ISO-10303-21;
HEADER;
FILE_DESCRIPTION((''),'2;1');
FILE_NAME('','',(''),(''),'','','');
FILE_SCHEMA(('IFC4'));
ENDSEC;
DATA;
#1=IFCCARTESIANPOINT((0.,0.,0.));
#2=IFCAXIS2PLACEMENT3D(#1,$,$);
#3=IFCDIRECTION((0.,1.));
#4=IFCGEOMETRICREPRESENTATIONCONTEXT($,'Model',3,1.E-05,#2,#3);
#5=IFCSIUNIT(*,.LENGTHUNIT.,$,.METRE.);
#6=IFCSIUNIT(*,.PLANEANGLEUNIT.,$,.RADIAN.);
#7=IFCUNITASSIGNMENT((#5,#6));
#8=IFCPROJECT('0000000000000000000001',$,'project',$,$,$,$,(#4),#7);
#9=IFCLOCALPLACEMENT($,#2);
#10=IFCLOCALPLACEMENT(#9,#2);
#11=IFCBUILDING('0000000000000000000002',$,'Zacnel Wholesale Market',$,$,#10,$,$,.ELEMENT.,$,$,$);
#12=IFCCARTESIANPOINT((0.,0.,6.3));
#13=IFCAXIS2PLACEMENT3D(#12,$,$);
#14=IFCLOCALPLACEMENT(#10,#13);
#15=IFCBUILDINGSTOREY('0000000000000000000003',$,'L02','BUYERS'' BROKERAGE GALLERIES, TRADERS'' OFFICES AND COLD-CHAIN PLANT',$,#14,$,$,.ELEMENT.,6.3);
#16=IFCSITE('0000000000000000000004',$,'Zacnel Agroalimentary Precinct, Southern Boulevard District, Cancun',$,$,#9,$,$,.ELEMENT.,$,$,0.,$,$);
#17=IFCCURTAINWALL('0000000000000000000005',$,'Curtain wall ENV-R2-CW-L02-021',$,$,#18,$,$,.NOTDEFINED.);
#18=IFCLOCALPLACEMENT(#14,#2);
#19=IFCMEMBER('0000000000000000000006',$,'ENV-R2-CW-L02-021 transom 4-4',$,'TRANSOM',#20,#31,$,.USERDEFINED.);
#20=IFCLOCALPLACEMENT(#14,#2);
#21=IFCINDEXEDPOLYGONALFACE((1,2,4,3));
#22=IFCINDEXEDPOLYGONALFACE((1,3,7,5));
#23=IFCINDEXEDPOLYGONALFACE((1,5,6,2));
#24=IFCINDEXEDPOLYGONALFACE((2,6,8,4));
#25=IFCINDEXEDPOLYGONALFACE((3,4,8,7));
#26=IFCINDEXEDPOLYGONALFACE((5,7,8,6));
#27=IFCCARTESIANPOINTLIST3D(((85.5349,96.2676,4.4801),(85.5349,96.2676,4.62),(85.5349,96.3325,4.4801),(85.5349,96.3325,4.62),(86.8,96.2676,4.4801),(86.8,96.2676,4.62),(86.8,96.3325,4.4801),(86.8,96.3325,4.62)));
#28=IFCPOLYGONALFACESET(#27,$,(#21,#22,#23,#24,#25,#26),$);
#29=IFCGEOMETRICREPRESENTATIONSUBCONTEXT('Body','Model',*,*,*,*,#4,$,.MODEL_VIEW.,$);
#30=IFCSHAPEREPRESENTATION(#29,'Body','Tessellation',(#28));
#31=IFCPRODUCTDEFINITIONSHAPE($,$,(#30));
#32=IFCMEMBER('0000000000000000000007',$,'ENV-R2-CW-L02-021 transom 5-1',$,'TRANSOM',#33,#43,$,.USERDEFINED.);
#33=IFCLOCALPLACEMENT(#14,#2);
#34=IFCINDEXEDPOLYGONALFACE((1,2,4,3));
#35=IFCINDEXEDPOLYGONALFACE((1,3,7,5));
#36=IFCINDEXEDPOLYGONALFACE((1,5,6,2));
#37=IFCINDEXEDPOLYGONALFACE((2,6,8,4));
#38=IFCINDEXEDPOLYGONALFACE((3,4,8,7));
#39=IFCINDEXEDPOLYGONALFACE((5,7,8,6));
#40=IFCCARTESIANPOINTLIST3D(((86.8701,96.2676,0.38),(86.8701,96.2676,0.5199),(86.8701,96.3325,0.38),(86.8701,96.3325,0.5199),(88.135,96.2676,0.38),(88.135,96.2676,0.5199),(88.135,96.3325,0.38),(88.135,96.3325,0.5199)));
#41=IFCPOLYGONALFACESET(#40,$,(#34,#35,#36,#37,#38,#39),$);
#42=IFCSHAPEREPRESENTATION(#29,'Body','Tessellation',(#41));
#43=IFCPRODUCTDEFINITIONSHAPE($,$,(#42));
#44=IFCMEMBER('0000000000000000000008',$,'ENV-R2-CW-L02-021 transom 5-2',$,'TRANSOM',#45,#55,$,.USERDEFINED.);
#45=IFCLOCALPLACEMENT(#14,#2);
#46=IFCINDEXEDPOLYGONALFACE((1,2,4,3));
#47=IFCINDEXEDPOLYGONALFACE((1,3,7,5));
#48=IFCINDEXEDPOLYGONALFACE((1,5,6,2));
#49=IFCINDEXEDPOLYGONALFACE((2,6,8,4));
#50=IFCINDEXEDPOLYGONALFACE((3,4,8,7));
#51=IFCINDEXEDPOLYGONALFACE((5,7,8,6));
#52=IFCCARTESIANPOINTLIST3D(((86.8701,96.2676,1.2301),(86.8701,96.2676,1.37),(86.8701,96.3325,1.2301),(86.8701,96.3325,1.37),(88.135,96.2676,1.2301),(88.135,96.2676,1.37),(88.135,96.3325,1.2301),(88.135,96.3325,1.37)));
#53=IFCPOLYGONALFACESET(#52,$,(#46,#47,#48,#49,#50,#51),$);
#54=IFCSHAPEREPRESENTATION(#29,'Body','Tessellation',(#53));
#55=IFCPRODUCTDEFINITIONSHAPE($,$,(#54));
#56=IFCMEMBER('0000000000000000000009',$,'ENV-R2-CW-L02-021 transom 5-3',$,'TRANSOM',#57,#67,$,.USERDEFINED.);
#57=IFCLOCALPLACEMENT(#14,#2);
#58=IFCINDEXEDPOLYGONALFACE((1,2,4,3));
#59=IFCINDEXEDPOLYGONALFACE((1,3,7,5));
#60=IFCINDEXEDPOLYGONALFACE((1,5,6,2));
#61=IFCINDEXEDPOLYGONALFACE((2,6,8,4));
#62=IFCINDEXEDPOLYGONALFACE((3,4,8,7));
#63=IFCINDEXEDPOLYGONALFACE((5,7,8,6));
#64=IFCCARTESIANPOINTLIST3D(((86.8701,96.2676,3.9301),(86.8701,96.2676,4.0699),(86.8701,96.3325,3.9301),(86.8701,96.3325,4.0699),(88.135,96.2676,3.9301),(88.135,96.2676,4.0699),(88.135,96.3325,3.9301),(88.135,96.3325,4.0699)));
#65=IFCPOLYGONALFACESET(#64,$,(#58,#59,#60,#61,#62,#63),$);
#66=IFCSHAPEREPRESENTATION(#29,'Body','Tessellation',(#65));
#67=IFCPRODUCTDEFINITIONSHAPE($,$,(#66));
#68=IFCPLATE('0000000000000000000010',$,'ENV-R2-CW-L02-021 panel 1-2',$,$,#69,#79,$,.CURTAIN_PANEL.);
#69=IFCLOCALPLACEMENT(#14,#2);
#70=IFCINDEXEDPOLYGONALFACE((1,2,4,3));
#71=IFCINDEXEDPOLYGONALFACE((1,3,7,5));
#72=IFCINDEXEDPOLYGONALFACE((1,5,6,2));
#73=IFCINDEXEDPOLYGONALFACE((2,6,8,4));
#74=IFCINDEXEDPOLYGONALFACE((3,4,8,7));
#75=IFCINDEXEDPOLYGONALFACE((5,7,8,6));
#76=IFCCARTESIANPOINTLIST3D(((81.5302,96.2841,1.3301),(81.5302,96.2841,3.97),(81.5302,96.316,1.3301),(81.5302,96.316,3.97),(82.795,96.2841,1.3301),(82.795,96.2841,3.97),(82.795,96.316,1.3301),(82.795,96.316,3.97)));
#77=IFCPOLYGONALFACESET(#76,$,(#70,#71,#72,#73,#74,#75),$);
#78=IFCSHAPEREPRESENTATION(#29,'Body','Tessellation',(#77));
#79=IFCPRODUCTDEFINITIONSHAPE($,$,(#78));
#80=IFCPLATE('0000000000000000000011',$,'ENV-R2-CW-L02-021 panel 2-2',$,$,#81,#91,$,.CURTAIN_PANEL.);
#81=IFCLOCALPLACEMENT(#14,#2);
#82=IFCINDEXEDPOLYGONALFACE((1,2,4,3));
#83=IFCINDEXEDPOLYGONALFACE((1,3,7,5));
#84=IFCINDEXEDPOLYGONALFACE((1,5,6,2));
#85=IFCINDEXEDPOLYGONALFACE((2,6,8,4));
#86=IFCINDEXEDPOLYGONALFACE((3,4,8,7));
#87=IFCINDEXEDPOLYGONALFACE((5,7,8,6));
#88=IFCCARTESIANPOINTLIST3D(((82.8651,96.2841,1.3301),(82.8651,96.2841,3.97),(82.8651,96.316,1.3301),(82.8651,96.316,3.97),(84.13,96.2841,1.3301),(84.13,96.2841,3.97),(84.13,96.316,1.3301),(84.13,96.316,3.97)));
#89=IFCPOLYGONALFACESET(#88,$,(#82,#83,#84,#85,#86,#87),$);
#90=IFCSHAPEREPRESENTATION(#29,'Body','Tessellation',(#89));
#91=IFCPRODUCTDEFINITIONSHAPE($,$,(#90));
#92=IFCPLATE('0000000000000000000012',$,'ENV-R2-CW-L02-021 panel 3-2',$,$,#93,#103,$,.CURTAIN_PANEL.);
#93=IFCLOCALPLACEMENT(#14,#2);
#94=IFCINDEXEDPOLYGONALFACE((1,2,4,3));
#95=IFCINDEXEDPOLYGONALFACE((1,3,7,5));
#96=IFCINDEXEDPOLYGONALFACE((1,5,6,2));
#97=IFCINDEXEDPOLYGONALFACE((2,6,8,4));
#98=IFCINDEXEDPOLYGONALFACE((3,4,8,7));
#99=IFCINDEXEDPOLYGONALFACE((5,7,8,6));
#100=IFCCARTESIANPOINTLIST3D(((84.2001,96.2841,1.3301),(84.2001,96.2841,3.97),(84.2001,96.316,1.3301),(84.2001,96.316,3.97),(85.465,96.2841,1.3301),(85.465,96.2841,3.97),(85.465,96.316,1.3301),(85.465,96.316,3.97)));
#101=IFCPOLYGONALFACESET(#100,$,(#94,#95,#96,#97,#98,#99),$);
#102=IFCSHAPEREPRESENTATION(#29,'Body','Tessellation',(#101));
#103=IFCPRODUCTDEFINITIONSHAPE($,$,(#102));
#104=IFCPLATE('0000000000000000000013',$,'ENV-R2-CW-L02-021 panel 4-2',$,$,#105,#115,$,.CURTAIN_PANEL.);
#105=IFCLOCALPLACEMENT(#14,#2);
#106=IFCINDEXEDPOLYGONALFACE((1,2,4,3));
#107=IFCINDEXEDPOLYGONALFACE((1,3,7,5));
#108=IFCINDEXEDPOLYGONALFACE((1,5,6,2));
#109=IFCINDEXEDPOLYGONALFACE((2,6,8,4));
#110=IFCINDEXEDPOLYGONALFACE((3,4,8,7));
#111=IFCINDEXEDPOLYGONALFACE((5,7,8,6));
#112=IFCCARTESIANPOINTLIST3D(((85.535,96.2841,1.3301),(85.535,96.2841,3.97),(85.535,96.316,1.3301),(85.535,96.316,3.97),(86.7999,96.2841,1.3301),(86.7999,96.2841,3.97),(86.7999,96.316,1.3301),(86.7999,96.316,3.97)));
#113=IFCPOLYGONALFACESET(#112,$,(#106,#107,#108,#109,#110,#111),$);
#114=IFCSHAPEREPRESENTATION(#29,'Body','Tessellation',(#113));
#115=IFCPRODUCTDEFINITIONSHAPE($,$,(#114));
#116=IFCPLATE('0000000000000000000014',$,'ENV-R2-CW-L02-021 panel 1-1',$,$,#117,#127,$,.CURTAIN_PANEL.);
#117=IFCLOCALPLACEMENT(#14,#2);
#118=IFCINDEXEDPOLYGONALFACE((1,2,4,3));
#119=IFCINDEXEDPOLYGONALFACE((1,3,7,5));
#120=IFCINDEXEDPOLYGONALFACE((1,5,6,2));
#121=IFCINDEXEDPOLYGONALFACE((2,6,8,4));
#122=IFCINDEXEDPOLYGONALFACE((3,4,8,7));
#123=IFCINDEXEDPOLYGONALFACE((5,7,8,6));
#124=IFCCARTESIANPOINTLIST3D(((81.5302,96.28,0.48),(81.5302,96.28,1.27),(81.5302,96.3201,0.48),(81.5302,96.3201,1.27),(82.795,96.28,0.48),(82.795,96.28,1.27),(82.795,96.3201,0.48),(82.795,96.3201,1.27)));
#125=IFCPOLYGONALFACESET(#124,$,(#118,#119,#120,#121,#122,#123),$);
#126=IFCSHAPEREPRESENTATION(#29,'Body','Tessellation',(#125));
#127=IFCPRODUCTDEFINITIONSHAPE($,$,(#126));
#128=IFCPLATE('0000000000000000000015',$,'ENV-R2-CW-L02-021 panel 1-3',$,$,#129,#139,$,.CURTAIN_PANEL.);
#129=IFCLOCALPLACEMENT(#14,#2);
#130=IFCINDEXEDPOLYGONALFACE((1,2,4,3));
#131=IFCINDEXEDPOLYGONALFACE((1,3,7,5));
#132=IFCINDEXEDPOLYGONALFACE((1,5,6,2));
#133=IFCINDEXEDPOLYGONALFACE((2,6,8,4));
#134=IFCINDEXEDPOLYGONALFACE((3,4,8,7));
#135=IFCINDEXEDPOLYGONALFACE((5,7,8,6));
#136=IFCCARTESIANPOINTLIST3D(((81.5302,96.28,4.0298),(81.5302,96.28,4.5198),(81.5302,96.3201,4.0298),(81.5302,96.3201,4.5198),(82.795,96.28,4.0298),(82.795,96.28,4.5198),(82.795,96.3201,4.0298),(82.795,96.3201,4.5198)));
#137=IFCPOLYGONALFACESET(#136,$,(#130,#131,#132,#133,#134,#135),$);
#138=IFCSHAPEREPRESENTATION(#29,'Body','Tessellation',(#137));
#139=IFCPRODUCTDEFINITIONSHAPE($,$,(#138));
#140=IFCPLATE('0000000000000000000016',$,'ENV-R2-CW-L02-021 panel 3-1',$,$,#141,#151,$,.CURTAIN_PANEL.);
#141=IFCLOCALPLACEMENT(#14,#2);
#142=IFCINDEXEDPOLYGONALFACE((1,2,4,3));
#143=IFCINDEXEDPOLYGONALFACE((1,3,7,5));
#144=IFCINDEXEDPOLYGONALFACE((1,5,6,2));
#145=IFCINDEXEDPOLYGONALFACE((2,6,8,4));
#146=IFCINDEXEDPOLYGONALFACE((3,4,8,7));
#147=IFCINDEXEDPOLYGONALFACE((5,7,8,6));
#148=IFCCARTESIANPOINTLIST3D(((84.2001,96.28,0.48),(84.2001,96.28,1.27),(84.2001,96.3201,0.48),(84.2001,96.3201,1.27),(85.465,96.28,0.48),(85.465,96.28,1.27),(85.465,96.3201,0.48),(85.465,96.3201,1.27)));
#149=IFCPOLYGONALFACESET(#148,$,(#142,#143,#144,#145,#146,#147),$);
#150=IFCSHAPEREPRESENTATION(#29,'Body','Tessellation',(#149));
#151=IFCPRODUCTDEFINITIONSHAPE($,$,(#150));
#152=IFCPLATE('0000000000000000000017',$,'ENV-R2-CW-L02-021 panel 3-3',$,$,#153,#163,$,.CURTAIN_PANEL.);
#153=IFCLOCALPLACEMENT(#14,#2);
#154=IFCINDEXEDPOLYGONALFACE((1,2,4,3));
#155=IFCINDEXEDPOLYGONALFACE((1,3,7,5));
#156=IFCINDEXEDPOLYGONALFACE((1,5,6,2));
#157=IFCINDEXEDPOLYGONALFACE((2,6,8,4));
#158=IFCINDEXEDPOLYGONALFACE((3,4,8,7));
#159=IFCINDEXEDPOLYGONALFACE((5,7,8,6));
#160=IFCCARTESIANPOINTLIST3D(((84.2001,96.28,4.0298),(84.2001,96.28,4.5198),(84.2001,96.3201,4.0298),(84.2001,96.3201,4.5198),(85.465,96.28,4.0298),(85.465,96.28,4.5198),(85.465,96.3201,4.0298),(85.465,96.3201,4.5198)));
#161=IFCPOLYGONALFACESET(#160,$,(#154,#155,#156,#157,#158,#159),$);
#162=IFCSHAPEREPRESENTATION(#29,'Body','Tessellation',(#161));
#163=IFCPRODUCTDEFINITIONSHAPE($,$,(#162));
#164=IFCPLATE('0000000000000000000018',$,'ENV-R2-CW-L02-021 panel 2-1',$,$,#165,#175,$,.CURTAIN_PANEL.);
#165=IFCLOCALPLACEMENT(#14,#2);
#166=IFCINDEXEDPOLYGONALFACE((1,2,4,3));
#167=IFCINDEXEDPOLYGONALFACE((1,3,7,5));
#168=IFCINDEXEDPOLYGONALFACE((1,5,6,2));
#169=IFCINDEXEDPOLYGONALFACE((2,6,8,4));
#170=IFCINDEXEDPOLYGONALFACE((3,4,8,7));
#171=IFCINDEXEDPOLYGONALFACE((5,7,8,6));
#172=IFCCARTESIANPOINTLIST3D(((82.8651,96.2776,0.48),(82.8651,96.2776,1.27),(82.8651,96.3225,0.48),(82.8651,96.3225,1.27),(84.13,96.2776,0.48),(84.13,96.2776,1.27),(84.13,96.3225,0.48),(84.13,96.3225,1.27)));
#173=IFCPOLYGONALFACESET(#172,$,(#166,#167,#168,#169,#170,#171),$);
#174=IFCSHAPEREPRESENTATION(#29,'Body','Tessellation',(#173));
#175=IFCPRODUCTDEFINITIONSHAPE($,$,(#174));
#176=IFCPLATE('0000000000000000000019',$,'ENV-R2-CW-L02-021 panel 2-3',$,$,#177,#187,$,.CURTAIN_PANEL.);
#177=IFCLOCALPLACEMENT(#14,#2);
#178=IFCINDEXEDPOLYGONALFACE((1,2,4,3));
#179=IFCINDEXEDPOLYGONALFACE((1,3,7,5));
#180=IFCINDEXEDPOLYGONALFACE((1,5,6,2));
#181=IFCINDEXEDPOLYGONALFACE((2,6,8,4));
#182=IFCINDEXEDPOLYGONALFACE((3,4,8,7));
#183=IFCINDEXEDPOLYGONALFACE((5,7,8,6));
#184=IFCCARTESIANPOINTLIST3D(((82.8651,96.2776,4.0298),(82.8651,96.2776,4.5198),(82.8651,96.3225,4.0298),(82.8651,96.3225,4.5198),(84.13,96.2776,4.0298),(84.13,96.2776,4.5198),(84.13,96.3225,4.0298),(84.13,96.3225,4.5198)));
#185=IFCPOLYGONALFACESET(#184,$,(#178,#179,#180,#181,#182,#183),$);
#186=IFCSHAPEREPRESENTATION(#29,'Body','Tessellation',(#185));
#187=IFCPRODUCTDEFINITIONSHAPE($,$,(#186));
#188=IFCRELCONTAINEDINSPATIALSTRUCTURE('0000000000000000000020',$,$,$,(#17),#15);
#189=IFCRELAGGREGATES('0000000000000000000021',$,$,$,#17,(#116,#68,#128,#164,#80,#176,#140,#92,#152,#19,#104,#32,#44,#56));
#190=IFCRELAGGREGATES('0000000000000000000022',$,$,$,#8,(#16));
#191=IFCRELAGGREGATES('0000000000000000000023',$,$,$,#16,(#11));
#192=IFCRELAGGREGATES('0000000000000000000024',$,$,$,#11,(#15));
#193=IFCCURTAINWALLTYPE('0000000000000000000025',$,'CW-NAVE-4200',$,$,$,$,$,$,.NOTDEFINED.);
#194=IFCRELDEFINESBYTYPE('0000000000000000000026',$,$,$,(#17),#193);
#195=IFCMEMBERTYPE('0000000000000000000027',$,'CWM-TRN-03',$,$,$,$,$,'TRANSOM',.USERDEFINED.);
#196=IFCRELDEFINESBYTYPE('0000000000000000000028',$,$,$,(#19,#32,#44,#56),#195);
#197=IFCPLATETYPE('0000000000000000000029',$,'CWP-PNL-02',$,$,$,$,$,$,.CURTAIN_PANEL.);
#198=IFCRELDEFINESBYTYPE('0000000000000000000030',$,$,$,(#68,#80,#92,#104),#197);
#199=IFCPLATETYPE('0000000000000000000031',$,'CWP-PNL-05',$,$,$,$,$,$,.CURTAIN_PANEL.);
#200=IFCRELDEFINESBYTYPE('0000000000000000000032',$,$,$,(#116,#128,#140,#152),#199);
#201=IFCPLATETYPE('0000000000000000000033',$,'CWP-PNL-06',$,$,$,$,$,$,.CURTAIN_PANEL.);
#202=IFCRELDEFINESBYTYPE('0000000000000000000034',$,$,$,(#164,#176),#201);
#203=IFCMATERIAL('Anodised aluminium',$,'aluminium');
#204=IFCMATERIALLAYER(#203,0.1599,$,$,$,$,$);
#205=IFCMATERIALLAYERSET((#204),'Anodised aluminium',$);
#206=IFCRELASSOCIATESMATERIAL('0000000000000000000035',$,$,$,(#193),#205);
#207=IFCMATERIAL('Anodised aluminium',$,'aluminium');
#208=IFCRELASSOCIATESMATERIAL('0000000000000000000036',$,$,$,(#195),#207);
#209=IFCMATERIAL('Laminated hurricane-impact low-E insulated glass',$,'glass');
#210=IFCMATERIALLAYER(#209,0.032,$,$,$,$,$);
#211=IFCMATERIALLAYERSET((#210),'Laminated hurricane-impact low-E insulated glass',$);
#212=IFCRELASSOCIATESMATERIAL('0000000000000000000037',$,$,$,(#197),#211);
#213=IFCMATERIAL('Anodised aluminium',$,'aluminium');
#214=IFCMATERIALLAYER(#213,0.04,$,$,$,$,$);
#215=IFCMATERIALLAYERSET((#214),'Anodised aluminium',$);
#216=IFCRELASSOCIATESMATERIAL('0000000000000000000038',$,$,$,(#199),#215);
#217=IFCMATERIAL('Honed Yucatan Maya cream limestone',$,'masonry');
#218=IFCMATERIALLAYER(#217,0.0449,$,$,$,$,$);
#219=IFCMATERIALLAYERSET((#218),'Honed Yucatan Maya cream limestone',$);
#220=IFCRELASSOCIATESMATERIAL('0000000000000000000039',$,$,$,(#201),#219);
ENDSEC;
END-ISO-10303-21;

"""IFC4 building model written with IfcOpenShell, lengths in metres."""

from ifc_helpers import new_model, si_unit, direction, frame, origin, origin_2d, place, context, subcontext, project, spatial, rectangle, extrude, material, layer, layer_set, material_profile, profile_set, type_object, element, aggregate, save


model = new_model("IFC4")

# Units and contexts
model_context = context("Model", 3, precision=1e-05, world=origin(), true_north=direction((0.0, 1.0)))
body_context = subcontext(model_context, "Body", "Model", "MODEL_VIEW")
ifc_project = project(units=[si_unit("LENGTHUNIT", "METRE"), si_unit("PLANEANGLEUNIT", "RADIAN")], contexts=[model_context])

# Site, building, storey
site_placement = place(None, origin())
site = spatial("IfcSite", under=ifc_project, at=site_placement, Name="Zacnel Agroalimentary Precinct, Southern Boulevard District, Cancun", CompositionType="ELEMENT", RefElevation=0.0)
building_placement = place(site_placement, origin())
building = spatial("IfcBuilding", under=site, at=building_placement, Name="Zacnel Wholesale Market", CompositionType="ELEMENT")
storey_placement = place(building_placement, frame((0.0, 0.0, 6.3)))
storey = spatial("IfcBuildingStorey", under=building, at=storey_placement, Name="L02", Description="BUYERS' BROKERAGE GALLERIES, TRADERS' OFFICES AND COLD-CHAIN PLANT", CompositionType="ELEMENT", Elevation=6.3)

# Curtain wall, members, plates
ifc_material_1 = material(Name="Anodised aluminium", Category="aluminium")
ifc_layer_1 = layer(ifc_material_1, 0.1599)
ifc_layer_set_1 = layer_set([ifc_layer_1], Name="Anodised aluminium")
curtain_wall_type = type_object("IfcCurtainWallType", Name="CW-NAVE-4200", PredefinedType="NOTDEFINED", material=ifc_layer_set_1)
curtain_wall_placement = place(storey_placement, origin())
curtain_wall = element("IfcCurtainWall", 1, at=curtain_wall_placement, inside=storey, type_object=curtain_wall_type, Name="Curtain wall ENV-R2-CW-L02-021", PredefinedType="NOTDEFINED")
ifc_material_2 = material(Name="Anodised aluminium", Category="aluminium")
ifc_material_profile_1 = material_profile(ifc_material_2, rectangle(XDim=0.0649, YDim=0.1399, at=origin_2d()), Name="AW-TRANSOM 65x140")
ifc_profile_set_1 = profile_set([ifc_material_profile_1], Name="Anodised aluminium")
member_type_1 = type_object("IfcMemberType", Name="CWM-TRN-03", ElementType="TRANSOM", PredefinedType="USERDEFINED", material=ifc_profile_set_1)
member_1_placement = place(storey_placement, frame((85.5349, 96.3, 4.55), z_axis=(1.0, 0.0, 0.0), x_axis=(0.0, 1.0, 0.0)))
member_1 = element("IfcMember", 2, at=member_1_placement, type_object=member_type_1, Name="ENV-R2-CW-L02-021 transom 4-4", ObjectType="TRANSOM", PredefinedType="USERDEFINED", context=body_context, shape_type="SweptSolid", body=[
    extrude(rectangle(XDim=0.0649, YDim=0.1399, at=origin_2d()), origin(), (0.0, 0.0, 1.0), 1.2651),
])
member_2_placement = place(storey_placement, frame((86.8701, 96.3, 0.45), z_axis=(1.0, 0.0, 0.0), x_axis=(0.0, 1.0, 0.0)))
member_2 = element("IfcMember", 3, at=member_2_placement, type_object=member_type_1, Name="ENV-R2-CW-L02-021 transom 5-1", ObjectType="TRANSOM", PredefinedType="USERDEFINED", context=body_context, shape_type="SweptSolid", body=[
    extrude(rectangle(XDim=0.0649, YDim=0.1399, at=origin_2d()), origin(), (0.0, 0.0, 1.0), 1.2649),
])
member_3_placement = place(storey_placement, frame((86.8701, 96.3, 1.3), z_axis=(1.0, 0.0, 0.0), x_axis=(0.0, 1.0, 0.0)))
member_3 = element("IfcMember", 4, at=member_3_placement, type_object=member_type_1, Name="ENV-R2-CW-L02-021 transom 5-2", ObjectType="TRANSOM", PredefinedType="USERDEFINED", context=body_context, shape_type="SweptSolid", body=[
    extrude(rectangle(XDim=0.0649, YDim=0.1399, at=origin_2d()), origin(), (0.0, 0.0, 1.0), 1.2649),
])
member_4_placement = place(storey_placement, frame((86.8701, 96.3, 4.0), z_axis=(1.0, 0.0, 0.0), x_axis=(0.0, 1.0, 0.0)))
member_4 = element("IfcMember", 5, at=member_4_placement, type_object=member_type_1, Name="ENV-R2-CW-L02-021 transom 5-3", ObjectType="TRANSOM", PredefinedType="USERDEFINED", context=body_context, shape_type="SweptSolid", body=[
    extrude(rectangle(XDim=0.0649, YDim=0.1399, at=origin_2d()), origin(), (0.0, 0.0, 1.0), 1.2649),
])
ifc_material_3 = material(Name="Laminated hurricane-impact low-E insulated glass", Category="glass")
ifc_layer_2 = layer(ifc_material_3, 0.032)
ifc_layer_set_2 = layer_set([ifc_layer_2], Name="Laminated hurricane-impact low-E insulated glass")
plate_type_1 = type_object("IfcPlateType", Name="CWP-PNL-02", PredefinedType="CURTAIN_PANEL", material=ifc_layer_set_2)
plate_1_placement = place(storey_placement, frame((82.1626, 96.3, 1.3301), z_axis=(0.0, 0.0, 1.0), x_axis=(1.0, 0.0, 0.0)))
plate_1 = element("IfcPlate", 6, at=plate_1_placement, type_object=plate_type_1, Name="ENV-R2-CW-L02-021 panel 1-2", PredefinedType="CURTAIN_PANEL", context=body_context, shape_type="SweptSolid", body=[
    extrude(rectangle(XDim=1.2649, YDim=0.032, at=origin_2d()), origin(), (0.0, 0.0, 1.0), 2.6399),
])
plate_2_placement = place(storey_placement, frame((83.4976, 96.3, 1.3301), z_axis=(0.0, 0.0, 1.0), x_axis=(1.0, 0.0, 0.0)))
plate_2 = element("IfcPlate", 7, at=plate_2_placement, type_object=plate_type_1, Name="ENV-R2-CW-L02-021 panel 2-2", PredefinedType="CURTAIN_PANEL", context=body_context, shape_type="SweptSolid", body=[
    extrude(rectangle(XDim=1.2649, YDim=0.032, at=origin_2d()), origin(), (0.0, 0.0, 1.0), 2.6399),
])
plate_3_placement = place(storey_placement, frame((84.8325, 96.3, 1.3301), z_axis=(0.0, 0.0, 1.0), x_axis=(1.0, 0.0, 0.0)))
plate_3 = element("IfcPlate", 8, at=plate_3_placement, type_object=plate_type_1, Name="ENV-R2-CW-L02-021 panel 3-2", PredefinedType="CURTAIN_PANEL", context=body_context, shape_type="SweptSolid", body=[
    extrude(rectangle(XDim=1.2649, YDim=0.032, at=origin_2d()), origin(), (0.0, 0.0, 1.0), 2.6399),
])
plate_4_placement = place(storey_placement, frame((86.1675, 96.3, 1.3301), z_axis=(0.0, 0.0, 1.0), x_axis=(1.0, 0.0, 0.0)))
plate_4 = element("IfcPlate", 9, at=plate_4_placement, type_object=plate_type_1, Name="ENV-R2-CW-L02-021 panel 4-2", PredefinedType="CURTAIN_PANEL", context=body_context, shape_type="SweptSolid", body=[
    extrude(rectangle(XDim=1.2649, YDim=0.032, at=origin_2d()), origin(), (0.0, 0.0, 1.0), 2.6399),
])
ifc_material_4 = material(Name="Anodised aluminium", Category="aluminium")
ifc_layer_3 = layer(ifc_material_4, 0.04)
ifc_layer_set_3 = layer_set([ifc_layer_3], Name="Anodised aluminium")
plate_type_2 = type_object("IfcPlateType", Name="CWP-PNL-05", PredefinedType="CURTAIN_PANEL", material=ifc_layer_set_3)
plate_5_placement = place(storey_placement, frame((82.1626, 96.3, 0.48), z_axis=(0.0, 0.0, 1.0), x_axis=(1.0, 0.0, 0.0)))
plate_5 = element("IfcPlate", 10, at=plate_5_placement, type_object=plate_type_2, Name="ENV-R2-CW-L02-021 panel 1-1", PredefinedType="CURTAIN_PANEL", context=body_context, shape_type="SweptSolid", body=[
    extrude(rectangle(XDim=1.2649, YDim=0.04, at=origin_2d()), origin(), (0.0, 0.0, 1.0), 0.79),
])
plate_6_placement = place(storey_placement, frame((82.1626, 96.3, 4.0298), z_axis=(0.0, 0.0, 1.0), x_axis=(1.0, 0.0, 0.0)))
plate_6 = element("IfcPlate", 11, at=plate_6_placement, type_object=plate_type_2, Name="ENV-R2-CW-L02-021 panel 1-3", PredefinedType="CURTAIN_PANEL", context=body_context, shape_type="SweptSolid", body=[
    extrude(rectangle(XDim=1.2649, YDim=0.04, at=origin_2d()), origin(), (0.0, 0.0, 1.0), 0.49),
])
plate_7_placement = place(storey_placement, frame((84.8325, 96.3, 0.48), z_axis=(0.0, 0.0, 1.0), x_axis=(1.0, 0.0, 0.0)))
plate_7 = element("IfcPlate", 12, at=plate_7_placement, type_object=plate_type_2, Name="ENV-R2-CW-L02-021 panel 3-1", PredefinedType="CURTAIN_PANEL", context=body_context, shape_type="SweptSolid", body=[
    extrude(rectangle(XDim=1.2649, YDim=0.04, at=origin_2d()), origin(), (0.0, 0.0, 1.0), 0.79),
])
plate_8_placement = place(storey_placement, frame((84.8325, 96.3, 4.0298), z_axis=(0.0, 0.0, 1.0), x_axis=(1.0, 0.0, 0.0)))
plate_8 = element("IfcPlate", 13, at=plate_8_placement, type_object=plate_type_2, Name="ENV-R2-CW-L02-021 panel 3-3", PredefinedType="CURTAIN_PANEL", context=body_context, shape_type="SweptSolid", body=[
    extrude(rectangle(XDim=1.2649, YDim=0.04, at=origin_2d()), origin(), (0.0, 0.0, 1.0), 0.49),
])
ifc_material_5 = material(Name="Honed Yucatan Maya cream limestone", Category="masonry")
ifc_layer_4 = layer(ifc_material_5, 0.0449)
ifc_layer_set_4 = layer_set([ifc_layer_4], Name="Honed Yucatan Maya cream limestone")
plate_type_3 = type_object("IfcPlateType", Name="CWP-PNL-06", PredefinedType="CURTAIN_PANEL", material=ifc_layer_set_4)
plate_9_placement = place(storey_placement, frame((83.4976, 96.3, 0.48), z_axis=(0.0, 0.0, 1.0), x_axis=(1.0, 0.0, 0.0)))
plate_9 = element("IfcPlate", 14, at=plate_9_placement, type_object=plate_type_3, Name="ENV-R2-CW-L02-021 panel 2-1", PredefinedType="CURTAIN_PANEL", context=body_context, shape_type="SweptSolid", body=[
    extrude(rectangle(XDim=1.2649, YDim=0.0449, at=origin_2d()), origin(), (0.0, 0.0, 1.0), 0.79),
])
plate_10_placement = place(storey_placement, frame((83.4976, 96.3, 4.0298), z_axis=(0.0, 0.0, 1.0), x_axis=(1.0, 0.0, 0.0)))
plate_10 = element("IfcPlate", 15, at=plate_10_placement, type_object=plate_type_3, Name="ENV-R2-CW-L02-021 panel 2-3", PredefinedType="CURTAIN_PANEL", context=body_context, shape_type="SweptSolid", body=[
    extrude(rectangle(XDim=1.2649, YDim=0.0449, at=origin_2d()), origin(), (0.0, 0.0, 1.0), 0.49),
])
aggregate(curtain_wall, [plate_5, plate_1, plate_6, plate_9, plate_2, plate_10, plate_7, plate_3, plate_8, member_1, plate_4, member_2, member_3, member_4])

save(model, "model.ifc")
